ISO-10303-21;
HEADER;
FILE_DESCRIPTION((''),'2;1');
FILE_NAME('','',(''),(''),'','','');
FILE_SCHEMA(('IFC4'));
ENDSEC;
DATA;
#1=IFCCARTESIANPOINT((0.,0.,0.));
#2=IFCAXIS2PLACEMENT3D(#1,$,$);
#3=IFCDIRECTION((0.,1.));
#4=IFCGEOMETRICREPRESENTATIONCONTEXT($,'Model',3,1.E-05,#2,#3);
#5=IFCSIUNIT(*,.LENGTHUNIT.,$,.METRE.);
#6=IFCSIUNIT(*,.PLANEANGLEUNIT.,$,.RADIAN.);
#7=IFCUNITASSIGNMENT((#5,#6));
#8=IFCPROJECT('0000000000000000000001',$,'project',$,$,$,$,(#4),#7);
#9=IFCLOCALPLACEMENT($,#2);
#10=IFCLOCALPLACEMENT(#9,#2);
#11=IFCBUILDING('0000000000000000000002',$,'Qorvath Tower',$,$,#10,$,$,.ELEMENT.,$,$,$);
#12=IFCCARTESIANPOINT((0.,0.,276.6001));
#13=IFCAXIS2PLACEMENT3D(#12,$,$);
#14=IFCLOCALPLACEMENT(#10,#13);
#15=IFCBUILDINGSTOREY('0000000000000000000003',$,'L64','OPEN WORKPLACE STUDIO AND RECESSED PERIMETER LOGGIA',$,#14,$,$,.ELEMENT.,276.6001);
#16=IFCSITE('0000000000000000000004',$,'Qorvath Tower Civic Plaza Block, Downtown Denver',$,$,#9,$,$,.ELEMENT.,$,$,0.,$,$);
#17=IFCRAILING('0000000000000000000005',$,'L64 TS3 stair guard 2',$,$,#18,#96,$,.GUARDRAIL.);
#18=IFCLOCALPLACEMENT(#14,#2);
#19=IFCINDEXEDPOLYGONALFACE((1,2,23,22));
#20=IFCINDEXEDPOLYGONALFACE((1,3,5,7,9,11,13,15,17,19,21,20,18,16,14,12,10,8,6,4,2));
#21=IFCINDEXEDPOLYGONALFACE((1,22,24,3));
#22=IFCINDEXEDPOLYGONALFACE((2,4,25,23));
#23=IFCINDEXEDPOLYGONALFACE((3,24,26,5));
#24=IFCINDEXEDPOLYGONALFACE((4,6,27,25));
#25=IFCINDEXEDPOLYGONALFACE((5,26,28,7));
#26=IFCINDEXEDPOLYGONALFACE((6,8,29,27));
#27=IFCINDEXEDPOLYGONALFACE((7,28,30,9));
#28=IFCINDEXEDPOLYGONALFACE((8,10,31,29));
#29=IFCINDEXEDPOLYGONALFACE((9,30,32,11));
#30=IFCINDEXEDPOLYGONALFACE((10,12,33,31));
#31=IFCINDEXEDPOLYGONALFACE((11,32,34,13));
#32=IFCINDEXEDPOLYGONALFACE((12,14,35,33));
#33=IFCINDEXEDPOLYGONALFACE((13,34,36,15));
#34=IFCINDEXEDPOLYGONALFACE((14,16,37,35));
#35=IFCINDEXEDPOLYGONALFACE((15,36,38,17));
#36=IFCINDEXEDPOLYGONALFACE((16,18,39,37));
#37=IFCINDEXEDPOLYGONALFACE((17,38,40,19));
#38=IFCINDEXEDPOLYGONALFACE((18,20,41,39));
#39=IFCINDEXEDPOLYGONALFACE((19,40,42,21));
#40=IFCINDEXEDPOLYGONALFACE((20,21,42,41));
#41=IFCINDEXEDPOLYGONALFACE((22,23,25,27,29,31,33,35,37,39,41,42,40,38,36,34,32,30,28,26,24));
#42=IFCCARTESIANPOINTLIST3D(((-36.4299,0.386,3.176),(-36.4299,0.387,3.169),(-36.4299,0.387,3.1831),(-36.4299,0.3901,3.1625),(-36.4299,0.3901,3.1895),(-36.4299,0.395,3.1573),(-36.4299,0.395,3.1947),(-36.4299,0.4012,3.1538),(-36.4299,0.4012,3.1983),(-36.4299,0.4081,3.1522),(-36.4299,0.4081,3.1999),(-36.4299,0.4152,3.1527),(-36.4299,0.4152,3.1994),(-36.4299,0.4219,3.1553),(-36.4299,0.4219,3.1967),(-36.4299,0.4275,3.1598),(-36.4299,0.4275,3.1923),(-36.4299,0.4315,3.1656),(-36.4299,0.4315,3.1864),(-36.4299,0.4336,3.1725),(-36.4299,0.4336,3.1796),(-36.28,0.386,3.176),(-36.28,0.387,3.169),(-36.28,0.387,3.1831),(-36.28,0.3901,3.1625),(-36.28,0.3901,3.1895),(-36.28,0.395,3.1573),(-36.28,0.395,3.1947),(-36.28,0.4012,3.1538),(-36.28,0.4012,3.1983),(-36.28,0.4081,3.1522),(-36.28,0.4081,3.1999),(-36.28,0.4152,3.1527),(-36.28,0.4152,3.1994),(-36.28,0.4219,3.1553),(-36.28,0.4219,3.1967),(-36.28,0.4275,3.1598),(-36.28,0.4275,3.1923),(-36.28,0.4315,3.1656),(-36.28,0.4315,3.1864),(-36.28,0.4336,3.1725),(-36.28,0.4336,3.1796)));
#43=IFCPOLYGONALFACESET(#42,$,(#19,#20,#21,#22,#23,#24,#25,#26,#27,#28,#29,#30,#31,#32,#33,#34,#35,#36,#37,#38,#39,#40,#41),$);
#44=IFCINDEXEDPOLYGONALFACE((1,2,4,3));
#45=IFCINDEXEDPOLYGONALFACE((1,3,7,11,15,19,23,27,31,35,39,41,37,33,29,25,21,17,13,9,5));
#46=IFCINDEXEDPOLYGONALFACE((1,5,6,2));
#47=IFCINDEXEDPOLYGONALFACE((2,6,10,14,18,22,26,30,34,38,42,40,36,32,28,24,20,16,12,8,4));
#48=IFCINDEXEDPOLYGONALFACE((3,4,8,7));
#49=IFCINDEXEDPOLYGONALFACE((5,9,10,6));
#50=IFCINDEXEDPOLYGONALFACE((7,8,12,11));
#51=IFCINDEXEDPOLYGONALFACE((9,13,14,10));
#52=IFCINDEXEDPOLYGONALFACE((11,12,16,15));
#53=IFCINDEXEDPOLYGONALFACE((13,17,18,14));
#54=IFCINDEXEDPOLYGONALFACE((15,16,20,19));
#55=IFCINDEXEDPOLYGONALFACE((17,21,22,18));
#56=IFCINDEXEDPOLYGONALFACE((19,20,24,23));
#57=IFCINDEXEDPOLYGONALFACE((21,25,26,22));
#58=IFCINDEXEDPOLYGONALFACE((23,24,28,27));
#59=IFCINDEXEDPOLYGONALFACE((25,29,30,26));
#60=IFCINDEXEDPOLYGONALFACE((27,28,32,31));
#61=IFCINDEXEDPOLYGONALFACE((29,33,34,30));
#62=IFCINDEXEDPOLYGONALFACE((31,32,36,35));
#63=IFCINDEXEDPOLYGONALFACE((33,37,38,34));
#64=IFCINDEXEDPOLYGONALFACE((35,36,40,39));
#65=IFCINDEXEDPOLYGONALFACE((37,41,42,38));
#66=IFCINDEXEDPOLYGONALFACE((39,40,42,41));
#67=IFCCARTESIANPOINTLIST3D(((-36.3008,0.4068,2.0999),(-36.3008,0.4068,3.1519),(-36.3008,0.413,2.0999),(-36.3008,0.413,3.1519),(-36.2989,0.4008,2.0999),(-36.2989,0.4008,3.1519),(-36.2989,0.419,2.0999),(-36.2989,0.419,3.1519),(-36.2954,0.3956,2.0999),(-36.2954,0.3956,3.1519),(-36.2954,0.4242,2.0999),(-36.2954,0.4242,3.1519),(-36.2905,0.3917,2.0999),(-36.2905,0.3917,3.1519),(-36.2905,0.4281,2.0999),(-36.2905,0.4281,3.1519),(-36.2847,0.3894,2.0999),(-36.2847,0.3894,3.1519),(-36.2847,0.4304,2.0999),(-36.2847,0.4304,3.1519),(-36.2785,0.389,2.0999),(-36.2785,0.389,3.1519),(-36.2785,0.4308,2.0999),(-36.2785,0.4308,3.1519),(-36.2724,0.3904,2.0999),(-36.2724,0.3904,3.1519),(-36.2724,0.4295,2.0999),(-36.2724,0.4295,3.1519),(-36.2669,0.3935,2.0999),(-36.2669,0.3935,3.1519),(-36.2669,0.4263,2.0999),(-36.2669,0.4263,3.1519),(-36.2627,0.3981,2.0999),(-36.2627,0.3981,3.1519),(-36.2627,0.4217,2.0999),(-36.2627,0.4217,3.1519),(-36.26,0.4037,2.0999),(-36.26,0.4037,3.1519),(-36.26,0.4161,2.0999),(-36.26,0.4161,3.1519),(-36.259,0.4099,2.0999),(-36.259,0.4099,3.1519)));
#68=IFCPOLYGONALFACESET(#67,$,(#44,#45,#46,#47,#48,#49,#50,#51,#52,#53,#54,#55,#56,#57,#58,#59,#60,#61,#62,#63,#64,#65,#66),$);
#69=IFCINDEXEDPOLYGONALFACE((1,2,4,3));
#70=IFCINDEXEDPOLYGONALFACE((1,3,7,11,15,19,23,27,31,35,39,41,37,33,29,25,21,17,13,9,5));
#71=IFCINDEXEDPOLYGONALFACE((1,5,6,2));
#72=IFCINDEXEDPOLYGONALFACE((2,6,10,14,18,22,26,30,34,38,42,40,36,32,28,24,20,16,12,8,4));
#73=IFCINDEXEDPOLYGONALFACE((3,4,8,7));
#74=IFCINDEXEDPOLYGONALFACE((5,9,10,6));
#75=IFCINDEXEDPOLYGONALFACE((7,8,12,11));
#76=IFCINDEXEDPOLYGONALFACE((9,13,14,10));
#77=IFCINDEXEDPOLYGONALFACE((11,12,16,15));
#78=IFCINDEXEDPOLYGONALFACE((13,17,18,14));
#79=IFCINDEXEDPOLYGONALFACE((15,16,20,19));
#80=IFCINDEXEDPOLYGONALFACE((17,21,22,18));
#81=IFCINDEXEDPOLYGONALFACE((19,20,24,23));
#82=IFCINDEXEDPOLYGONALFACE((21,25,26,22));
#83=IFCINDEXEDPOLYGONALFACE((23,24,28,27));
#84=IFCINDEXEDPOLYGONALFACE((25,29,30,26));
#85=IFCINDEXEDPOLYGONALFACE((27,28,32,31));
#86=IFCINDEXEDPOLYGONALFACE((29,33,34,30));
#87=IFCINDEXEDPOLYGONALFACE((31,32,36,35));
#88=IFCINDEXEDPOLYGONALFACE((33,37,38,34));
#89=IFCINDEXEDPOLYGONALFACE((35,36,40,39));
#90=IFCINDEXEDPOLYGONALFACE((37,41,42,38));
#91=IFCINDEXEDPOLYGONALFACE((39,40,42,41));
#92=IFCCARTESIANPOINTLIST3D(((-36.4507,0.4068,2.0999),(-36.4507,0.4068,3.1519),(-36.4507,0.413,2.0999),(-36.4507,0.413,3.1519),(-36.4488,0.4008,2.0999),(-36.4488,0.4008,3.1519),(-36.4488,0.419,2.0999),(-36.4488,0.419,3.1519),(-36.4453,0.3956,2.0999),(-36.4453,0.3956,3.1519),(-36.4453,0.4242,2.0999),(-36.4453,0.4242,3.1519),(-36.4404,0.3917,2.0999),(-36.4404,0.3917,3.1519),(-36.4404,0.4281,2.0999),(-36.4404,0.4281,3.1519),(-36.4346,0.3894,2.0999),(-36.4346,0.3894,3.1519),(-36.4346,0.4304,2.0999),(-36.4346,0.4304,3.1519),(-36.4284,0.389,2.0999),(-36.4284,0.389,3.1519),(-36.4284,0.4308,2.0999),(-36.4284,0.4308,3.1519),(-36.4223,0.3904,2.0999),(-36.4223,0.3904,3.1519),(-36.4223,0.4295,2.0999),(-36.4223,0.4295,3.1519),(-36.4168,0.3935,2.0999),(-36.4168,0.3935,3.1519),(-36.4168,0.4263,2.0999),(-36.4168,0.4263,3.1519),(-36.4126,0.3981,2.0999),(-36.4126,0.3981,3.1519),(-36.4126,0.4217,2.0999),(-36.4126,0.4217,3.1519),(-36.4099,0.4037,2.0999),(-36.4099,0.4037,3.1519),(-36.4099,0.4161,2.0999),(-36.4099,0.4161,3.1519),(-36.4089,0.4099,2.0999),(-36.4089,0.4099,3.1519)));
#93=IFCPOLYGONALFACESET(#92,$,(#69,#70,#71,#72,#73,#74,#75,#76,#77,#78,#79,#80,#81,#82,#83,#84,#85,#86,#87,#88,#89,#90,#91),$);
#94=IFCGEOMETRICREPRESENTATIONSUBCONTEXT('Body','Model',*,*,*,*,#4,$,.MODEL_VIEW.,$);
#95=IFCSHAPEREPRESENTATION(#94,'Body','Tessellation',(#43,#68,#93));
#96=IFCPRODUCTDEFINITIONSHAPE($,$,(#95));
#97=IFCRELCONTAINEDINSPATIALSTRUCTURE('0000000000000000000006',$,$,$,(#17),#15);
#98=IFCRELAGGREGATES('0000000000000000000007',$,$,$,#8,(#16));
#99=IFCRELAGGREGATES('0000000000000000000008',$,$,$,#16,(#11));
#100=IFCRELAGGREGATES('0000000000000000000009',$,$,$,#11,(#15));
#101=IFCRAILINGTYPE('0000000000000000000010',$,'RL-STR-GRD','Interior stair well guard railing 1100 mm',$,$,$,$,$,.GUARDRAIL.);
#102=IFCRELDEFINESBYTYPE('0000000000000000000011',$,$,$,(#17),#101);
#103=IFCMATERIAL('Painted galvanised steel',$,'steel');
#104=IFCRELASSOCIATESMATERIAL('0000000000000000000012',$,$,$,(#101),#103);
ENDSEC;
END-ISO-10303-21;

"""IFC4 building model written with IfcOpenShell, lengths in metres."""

from ifc_helpers import new_model, si_unit, direction, frame, origin, origin_2d, place, context, subcontext, project, spatial, circle, extrude, material, type_object, element, save


model = new_model("IFC4")

# Units and contexts
model_context = context("Model", 3, precision=1e-05, world=origin(), true_north=direction((0.0, 1.0)))
body_context = subcontext(model_context, "Body", "Model", "MODEL_VIEW")
ifc_project = project(units=[si_unit("LENGTHUNIT", "METRE"), si_unit("PLANEANGLEUNIT", "RADIAN")], contexts=[model_context])

# Site, building, storey
site_placement = place(None, origin())
site = spatial("IfcSite", under=ifc_project, at=site_placement, Name="Qorvath Tower Civic Plaza Block, Downtown Denver", CompositionType="ELEMENT", RefElevation=0.0)
building_placement = place(site_placement, origin())
building = spatial("IfcBuilding", under=site, at=building_placement, Name="Qorvath Tower", CompositionType="ELEMENT")
storey_placement = place(building_placement, frame((0.0, 0.0, 276.6001)))
storey = spatial("IfcBuildingStorey", under=building, at=storey_placement, Name="L64", Description="OPEN WORKPLACE STUDIO AND RECESSED PERIMETER LOGGIA", CompositionType="ELEMENT", Elevation=276.6001)

# Railing
ifc_material_1 = material(Name="Painted galvanised steel", Category="steel")
railing_type = type_object("IfcRailingType", Name="RL-STR-GRD", Description="Interior stair well guard railing 1100 mm", PredefinedType="GUARDRAIL", material=ifc_material_1)
railing_1_placement = place(storey_placement, frame((-36.28, 0.4099, 2.0999)))
element("IfcRailing", 1, at=railing_1_placement, inside=storey, type_object=railing_type, Name="L64 TS3 stair guard 2", PredefinedType="GUARDRAIL", context=body_context, shape_type="SweptSolid", body=[
    extrude(circle(Radius=0.0239, at=origin_2d()), frame((0.0, 0.0, 1.0762), z_axis=(-1.0, 0.0, 0.0), x_axis=(0.0, -1.0, 0.0)), (0.0, 0.0, 1.0), 0.1499),
    extrude(circle(Radius=0.021, at=origin_2d()), origin(), (0.0, 0.0, 1.0), 1.052),
    extrude(circle(Radius=0.021, at=origin_2d()), frame((-0.1499, 0.0, 0.0)), (0.0, 0.0, 1.0), 1.052),
])

save(model, "model.ifc")
